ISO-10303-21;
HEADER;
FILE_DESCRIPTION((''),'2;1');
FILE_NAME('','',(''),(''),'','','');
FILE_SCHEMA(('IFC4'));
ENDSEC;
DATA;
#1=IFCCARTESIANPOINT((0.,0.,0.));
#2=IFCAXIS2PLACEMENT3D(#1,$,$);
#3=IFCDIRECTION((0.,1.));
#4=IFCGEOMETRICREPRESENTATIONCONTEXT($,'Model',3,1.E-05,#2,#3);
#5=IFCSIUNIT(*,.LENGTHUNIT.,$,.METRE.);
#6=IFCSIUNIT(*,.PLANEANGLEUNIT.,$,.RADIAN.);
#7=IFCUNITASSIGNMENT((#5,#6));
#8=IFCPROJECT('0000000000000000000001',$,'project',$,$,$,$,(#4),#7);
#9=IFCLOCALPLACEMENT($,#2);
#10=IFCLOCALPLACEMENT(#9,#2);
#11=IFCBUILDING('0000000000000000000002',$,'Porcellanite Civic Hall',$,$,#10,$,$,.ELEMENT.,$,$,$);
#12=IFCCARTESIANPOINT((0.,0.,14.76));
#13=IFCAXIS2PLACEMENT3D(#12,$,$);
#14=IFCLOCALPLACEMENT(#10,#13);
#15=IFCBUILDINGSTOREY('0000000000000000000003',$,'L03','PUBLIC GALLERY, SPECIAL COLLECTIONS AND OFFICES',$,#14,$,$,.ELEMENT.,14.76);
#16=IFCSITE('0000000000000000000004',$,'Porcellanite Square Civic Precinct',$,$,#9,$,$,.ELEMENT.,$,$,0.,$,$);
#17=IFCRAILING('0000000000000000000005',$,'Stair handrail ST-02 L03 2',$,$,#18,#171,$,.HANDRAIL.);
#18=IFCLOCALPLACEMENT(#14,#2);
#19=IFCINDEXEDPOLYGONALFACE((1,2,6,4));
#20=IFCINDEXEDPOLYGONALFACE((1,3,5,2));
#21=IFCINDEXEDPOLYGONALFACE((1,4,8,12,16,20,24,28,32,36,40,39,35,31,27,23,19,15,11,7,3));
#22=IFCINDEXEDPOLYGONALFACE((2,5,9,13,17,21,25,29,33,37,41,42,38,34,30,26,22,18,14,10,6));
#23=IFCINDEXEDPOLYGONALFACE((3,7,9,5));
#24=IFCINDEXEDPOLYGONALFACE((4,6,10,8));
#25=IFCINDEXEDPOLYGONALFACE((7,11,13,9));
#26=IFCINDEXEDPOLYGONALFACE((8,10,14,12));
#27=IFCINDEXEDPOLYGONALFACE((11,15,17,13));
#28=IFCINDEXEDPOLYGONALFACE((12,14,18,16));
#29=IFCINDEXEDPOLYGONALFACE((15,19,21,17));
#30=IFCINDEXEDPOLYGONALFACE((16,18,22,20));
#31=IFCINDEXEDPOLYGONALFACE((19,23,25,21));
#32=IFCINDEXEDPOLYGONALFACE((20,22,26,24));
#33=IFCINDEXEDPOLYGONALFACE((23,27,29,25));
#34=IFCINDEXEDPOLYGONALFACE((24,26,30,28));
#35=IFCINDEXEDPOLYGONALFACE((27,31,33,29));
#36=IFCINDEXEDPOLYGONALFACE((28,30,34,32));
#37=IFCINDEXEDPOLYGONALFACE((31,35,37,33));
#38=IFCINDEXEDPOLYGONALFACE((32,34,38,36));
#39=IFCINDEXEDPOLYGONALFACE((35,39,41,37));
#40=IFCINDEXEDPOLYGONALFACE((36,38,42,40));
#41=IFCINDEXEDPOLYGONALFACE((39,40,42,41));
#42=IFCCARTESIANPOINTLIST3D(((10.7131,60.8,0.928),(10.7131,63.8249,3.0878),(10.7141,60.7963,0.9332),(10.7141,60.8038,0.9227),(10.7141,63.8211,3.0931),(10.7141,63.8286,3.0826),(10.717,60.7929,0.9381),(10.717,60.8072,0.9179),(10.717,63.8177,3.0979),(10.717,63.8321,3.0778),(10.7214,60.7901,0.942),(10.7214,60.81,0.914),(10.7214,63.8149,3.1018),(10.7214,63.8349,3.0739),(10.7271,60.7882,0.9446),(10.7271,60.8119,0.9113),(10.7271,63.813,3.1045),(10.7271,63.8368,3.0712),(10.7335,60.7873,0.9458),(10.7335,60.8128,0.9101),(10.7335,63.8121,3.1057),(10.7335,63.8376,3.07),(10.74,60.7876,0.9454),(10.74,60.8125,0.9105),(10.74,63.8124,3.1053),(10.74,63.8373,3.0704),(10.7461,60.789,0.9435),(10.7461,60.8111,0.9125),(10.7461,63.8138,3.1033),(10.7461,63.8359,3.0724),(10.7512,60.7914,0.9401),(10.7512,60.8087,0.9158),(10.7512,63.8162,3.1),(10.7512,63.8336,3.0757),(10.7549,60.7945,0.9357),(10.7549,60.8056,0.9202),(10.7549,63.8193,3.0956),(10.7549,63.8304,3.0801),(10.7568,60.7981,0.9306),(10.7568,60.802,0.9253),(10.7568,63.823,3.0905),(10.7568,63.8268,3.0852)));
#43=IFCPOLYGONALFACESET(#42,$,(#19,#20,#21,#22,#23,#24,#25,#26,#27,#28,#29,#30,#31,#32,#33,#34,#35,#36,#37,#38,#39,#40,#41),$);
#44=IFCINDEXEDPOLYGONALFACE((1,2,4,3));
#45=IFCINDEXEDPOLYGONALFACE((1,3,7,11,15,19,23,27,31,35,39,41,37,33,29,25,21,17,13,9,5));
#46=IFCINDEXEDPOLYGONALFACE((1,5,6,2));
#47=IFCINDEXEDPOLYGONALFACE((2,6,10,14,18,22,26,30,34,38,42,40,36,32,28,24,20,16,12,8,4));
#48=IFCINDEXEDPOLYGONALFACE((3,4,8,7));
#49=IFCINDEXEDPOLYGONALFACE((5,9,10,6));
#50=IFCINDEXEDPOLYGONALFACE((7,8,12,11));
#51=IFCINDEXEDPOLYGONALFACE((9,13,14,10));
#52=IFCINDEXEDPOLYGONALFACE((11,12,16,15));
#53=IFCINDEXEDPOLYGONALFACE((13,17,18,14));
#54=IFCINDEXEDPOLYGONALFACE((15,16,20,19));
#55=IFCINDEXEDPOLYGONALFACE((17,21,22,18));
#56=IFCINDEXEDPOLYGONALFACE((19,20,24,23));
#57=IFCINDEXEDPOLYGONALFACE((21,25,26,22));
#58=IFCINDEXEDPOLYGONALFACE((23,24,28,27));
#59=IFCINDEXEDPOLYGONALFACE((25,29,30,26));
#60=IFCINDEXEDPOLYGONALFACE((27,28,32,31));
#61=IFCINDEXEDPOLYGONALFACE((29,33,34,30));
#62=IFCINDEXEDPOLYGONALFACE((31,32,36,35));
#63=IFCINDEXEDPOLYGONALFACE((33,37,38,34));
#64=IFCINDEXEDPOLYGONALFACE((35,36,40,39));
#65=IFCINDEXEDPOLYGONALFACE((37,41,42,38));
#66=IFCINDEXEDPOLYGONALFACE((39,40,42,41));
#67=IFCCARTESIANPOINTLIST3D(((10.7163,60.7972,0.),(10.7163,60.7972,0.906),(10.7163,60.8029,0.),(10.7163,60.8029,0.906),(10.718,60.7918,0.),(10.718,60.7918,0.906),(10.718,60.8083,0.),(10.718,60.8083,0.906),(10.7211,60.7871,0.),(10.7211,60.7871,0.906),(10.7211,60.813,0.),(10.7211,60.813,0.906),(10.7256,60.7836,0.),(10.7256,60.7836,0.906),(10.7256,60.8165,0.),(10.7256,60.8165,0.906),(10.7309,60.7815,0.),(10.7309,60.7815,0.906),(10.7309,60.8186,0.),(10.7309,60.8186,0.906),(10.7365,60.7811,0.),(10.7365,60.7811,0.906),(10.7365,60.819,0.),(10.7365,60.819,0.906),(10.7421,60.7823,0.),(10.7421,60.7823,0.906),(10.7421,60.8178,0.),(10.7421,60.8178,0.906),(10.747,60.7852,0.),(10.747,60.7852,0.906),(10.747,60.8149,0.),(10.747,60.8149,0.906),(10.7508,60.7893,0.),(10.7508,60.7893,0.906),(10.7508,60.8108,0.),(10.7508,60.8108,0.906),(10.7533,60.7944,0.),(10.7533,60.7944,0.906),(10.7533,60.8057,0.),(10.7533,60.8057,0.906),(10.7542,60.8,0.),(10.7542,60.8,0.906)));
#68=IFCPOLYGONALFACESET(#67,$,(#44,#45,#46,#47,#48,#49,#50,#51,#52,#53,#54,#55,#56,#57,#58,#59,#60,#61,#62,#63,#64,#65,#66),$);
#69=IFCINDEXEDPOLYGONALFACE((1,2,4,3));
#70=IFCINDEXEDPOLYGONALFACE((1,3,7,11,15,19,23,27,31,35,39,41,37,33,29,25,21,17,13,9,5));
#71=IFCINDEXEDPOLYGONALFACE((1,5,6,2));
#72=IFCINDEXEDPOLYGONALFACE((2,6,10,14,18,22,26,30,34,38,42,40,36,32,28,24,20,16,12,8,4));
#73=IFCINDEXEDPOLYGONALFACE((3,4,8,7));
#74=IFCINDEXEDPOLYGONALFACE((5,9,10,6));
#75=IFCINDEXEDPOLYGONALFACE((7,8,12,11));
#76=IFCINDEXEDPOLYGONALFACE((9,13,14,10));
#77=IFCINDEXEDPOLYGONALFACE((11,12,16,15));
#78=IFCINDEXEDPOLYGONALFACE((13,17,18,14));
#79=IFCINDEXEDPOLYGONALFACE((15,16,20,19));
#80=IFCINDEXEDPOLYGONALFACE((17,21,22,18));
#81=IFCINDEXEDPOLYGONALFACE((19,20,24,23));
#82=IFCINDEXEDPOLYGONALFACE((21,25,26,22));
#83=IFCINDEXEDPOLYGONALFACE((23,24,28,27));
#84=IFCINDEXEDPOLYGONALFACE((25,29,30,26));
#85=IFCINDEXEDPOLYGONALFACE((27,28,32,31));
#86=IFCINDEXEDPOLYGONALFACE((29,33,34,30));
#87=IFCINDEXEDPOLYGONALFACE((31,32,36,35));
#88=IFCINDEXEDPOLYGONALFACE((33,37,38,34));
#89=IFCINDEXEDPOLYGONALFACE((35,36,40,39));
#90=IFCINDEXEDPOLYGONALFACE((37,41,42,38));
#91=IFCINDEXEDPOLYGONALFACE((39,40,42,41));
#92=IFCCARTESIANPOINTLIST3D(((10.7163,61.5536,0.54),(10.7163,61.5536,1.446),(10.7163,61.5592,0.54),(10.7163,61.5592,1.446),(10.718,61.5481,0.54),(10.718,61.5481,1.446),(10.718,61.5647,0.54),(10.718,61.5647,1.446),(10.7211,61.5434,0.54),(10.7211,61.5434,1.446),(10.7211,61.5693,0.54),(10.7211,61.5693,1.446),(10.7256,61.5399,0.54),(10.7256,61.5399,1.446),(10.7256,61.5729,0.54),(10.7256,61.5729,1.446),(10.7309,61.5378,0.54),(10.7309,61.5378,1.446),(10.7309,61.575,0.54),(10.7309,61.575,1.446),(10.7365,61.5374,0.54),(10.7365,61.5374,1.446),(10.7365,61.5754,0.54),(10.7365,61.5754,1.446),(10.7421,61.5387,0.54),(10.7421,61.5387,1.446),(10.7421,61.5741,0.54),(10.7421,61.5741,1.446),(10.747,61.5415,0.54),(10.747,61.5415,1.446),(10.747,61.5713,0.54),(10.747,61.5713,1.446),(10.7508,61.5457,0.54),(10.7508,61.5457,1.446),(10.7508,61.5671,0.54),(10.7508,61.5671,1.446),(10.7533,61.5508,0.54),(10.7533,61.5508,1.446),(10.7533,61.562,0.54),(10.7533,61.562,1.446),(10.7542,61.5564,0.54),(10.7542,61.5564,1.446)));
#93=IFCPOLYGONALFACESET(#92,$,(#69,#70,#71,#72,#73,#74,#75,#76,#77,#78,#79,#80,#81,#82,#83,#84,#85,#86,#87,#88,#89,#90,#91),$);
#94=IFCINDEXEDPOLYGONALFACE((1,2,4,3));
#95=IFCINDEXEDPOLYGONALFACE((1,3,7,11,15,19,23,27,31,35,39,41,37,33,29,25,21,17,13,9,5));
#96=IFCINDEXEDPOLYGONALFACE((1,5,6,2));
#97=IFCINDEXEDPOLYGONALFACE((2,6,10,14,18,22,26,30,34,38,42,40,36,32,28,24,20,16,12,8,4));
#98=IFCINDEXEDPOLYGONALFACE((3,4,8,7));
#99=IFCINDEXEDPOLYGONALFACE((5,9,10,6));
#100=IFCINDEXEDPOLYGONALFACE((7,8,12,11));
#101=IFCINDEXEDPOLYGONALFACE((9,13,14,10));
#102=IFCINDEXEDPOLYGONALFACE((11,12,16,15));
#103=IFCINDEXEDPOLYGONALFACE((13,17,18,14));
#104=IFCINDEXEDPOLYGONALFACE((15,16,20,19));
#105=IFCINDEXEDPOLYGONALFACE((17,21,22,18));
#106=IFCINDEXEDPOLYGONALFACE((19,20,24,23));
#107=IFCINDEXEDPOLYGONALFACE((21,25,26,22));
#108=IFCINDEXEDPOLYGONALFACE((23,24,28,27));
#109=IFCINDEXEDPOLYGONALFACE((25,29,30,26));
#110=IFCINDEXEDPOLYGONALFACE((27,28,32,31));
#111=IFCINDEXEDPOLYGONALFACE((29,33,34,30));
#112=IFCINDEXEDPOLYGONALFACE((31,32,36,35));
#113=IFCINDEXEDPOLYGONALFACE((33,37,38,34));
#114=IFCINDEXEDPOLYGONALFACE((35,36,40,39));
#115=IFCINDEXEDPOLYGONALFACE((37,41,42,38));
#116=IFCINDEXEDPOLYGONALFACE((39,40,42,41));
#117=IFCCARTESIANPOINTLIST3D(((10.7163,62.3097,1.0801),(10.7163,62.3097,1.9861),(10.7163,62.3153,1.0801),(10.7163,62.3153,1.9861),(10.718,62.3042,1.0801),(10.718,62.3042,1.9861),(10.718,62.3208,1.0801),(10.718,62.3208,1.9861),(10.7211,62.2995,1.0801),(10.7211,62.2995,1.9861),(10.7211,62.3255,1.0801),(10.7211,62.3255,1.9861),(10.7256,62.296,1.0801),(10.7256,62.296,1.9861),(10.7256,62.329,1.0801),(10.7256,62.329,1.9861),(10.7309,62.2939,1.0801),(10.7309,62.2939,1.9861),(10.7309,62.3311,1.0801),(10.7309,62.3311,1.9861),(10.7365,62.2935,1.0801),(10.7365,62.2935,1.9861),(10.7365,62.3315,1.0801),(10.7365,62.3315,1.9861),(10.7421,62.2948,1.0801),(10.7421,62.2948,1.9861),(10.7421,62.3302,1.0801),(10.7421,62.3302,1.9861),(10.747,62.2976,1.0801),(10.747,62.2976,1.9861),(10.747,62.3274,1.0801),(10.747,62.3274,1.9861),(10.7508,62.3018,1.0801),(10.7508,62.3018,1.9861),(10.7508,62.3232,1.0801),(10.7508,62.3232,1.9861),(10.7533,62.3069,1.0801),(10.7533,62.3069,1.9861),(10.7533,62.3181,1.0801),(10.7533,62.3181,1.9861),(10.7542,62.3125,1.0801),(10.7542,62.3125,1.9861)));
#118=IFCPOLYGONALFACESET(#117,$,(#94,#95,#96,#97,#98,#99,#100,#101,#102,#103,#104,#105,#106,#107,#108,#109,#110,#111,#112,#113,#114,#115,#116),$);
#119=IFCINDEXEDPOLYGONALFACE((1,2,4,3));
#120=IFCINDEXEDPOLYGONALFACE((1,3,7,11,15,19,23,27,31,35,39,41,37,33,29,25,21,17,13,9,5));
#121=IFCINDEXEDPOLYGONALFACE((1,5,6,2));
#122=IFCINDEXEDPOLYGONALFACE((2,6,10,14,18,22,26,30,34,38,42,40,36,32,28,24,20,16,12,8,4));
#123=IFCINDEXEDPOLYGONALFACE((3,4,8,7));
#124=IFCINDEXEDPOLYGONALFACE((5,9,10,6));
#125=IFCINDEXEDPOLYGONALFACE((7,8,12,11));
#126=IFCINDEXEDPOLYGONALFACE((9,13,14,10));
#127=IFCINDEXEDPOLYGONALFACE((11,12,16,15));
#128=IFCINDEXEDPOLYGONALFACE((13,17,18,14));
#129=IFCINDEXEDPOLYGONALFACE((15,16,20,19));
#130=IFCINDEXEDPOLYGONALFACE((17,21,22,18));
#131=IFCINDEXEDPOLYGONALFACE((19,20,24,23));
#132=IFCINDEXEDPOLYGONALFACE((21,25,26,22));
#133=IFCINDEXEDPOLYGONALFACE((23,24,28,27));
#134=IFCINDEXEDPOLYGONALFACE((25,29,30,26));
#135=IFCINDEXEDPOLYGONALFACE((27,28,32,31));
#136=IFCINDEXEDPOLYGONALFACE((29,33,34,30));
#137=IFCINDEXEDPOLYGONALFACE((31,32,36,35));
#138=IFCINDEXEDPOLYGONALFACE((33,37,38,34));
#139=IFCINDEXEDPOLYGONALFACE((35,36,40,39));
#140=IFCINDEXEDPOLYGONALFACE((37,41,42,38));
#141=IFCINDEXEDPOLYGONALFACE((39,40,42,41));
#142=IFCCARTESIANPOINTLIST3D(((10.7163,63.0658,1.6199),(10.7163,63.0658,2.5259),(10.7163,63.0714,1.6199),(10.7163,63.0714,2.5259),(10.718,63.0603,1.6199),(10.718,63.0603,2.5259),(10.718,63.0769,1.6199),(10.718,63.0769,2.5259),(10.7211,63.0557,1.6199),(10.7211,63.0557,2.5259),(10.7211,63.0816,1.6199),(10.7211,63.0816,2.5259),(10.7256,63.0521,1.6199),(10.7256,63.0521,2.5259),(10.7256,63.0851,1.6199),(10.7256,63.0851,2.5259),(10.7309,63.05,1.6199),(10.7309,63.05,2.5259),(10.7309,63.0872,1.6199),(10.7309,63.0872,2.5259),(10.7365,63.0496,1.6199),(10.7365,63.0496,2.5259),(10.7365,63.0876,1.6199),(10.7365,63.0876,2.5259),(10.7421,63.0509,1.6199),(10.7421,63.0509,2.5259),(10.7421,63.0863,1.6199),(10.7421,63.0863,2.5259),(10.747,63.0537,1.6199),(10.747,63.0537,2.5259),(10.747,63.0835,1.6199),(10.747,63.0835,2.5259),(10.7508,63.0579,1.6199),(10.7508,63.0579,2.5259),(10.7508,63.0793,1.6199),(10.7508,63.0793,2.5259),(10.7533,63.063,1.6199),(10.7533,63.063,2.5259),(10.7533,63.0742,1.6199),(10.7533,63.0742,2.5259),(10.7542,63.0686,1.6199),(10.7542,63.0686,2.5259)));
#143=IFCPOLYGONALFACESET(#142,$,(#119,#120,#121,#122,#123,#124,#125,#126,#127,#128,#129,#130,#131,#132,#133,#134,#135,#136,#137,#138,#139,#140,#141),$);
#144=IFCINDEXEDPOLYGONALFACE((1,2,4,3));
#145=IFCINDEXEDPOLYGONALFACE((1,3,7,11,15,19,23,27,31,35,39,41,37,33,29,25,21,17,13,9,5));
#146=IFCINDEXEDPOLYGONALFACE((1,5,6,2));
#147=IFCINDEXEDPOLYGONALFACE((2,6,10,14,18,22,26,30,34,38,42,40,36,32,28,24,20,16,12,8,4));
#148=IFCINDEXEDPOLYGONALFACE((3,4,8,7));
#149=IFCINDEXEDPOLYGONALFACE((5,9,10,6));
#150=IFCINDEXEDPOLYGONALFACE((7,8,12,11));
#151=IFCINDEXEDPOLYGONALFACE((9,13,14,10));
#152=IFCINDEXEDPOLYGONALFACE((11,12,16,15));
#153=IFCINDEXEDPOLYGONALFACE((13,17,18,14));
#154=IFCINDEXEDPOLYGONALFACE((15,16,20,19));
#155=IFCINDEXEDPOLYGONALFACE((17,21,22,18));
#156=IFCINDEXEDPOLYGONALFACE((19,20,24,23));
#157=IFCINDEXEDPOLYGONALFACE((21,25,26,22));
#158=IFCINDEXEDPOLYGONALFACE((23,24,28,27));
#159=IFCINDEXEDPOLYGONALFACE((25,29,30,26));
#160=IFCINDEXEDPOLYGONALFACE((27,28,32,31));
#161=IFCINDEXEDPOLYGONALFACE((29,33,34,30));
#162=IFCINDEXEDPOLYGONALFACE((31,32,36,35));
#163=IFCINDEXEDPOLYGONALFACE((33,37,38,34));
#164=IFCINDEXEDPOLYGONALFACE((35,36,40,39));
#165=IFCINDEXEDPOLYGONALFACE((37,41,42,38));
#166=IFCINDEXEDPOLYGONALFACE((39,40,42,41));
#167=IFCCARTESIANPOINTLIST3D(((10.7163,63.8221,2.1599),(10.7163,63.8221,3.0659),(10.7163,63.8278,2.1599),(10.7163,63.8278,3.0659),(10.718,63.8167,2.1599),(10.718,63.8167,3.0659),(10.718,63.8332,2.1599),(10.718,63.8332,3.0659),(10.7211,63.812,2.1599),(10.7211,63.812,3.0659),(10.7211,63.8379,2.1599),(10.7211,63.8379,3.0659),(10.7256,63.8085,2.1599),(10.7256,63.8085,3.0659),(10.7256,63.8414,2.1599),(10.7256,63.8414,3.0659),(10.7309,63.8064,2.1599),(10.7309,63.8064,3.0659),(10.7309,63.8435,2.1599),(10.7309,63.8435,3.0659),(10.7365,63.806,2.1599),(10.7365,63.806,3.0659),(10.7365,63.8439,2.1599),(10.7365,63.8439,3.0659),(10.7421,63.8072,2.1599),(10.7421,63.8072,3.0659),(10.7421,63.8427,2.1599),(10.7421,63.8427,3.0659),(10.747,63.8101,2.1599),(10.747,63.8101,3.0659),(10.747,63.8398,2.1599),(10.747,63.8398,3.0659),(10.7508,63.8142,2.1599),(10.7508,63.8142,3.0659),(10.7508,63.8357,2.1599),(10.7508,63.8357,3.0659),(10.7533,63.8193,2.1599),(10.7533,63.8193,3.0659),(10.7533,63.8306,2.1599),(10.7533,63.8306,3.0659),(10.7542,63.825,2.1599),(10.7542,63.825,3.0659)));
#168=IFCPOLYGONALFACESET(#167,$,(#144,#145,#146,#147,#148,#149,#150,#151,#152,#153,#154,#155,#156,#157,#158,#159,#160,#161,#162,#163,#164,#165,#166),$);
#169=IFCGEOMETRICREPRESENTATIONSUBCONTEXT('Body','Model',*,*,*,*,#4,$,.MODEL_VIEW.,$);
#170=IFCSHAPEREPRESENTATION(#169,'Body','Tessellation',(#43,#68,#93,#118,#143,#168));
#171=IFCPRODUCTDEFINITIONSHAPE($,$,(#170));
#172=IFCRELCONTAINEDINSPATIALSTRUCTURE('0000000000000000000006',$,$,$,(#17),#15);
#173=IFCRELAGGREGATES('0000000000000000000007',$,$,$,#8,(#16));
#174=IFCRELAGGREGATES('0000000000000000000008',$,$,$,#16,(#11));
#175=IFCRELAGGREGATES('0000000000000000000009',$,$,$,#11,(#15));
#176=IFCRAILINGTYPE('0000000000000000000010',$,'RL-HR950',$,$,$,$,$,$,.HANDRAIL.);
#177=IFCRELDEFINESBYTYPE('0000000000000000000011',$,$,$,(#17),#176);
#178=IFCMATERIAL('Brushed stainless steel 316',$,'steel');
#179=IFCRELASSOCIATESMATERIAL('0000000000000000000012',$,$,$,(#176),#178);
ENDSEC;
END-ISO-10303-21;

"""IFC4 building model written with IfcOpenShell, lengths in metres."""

from ifc_helpers import new_model, si_unit, direction, frame, origin, origin_2d, place, context, subcontext, project, spatial, circle, extrude, material, type_object, element, save


model = new_model("IFC4")

# Units and contexts
model_context = context("Model", 3, precision=1e-05, world=origin(), true_north=direction((0.0, 1.0)))
body_context = subcontext(model_context, "Body", "Model", "MODEL_VIEW")
ifc_project = project(units=[si_unit("LENGTHUNIT", "METRE"), si_unit("PLANEANGLEUNIT", "RADIAN")], contexts=[model_context])

# Site, building, storey
site_placement = place(None, origin())
site = spatial("IfcSite", under=ifc_project, at=site_placement, Name="Porcellanite Square Civic Precinct", CompositionType="ELEMENT", RefElevation=0.0)
building_placement = place(site_placement, origin())
building = spatial("IfcBuilding", under=site, at=building_placement, Name="Porcellanite Civic Hall", CompositionType="ELEMENT")
storey_placement = place(building_placement, frame((0.0, 0.0, 14.76)))
storey = spatial("IfcBuildingStorey", under=building, at=storey_placement, Name="L03", Description="PUBLIC GALLERY, SPECIAL COLLECTIONS AND OFFICES", CompositionType="ELEMENT", Elevation=14.76)

# Railing
ifc_material_1 = material(Name="Brushed stainless steel 316", Category="steel")
railing_type_1 = type_object("IfcRailingType", Name="RL-HR950", PredefinedType="HANDRAIL", material=ifc_material_1)
railing_1_placement = place(storey_placement, frame((10.7351, 60.8, 0.0)))
element("IfcRailing", 1, at=railing_1_placement, inside=storey, type_object=railing_type_1, Name="Stair handrail ST-02 L03 2", PredefinedType="HANDRAIL", context=body_context, shape_type="SweptSolid", body=[
    extrude(circle(Radius=0.022, at=origin_2d()), frame((0.0, 0.0, 0.928), z_axis=(0.0, 0.813827, 0.581108), x_axis=(-1.0, 0.0, 0.0)), (0.0, 0.0, 1.0), 3.7168),
    extrude(circle(Radius=0.019, at=origin_2d()), origin(), (0.0, 0.0, 1.0), 0.906),
    extrude(circle(Radius=0.019, at=origin_2d()), frame((0.0, 0.7563, 0.54)), (0.0, 0.0, 1.0), 0.906),
    extrude(circle(Radius=0.019, at=origin_2d()), frame((0.0, 1.5125, 1.0801)), (0.0, 0.0, 1.0), 0.906),
    extrude(circle(Radius=0.019, at=origin_2d()), frame((0.0, 2.2686, 1.6199)), (0.0, 0.0, 1.0), 0.906),
    extrude(circle(Radius=0.019, at=origin_2d()), frame((0.0, 3.0249, 2.1599)), (0.0, 0.0, 1.0), 0.906),
])

save(model, "model.ifc")
